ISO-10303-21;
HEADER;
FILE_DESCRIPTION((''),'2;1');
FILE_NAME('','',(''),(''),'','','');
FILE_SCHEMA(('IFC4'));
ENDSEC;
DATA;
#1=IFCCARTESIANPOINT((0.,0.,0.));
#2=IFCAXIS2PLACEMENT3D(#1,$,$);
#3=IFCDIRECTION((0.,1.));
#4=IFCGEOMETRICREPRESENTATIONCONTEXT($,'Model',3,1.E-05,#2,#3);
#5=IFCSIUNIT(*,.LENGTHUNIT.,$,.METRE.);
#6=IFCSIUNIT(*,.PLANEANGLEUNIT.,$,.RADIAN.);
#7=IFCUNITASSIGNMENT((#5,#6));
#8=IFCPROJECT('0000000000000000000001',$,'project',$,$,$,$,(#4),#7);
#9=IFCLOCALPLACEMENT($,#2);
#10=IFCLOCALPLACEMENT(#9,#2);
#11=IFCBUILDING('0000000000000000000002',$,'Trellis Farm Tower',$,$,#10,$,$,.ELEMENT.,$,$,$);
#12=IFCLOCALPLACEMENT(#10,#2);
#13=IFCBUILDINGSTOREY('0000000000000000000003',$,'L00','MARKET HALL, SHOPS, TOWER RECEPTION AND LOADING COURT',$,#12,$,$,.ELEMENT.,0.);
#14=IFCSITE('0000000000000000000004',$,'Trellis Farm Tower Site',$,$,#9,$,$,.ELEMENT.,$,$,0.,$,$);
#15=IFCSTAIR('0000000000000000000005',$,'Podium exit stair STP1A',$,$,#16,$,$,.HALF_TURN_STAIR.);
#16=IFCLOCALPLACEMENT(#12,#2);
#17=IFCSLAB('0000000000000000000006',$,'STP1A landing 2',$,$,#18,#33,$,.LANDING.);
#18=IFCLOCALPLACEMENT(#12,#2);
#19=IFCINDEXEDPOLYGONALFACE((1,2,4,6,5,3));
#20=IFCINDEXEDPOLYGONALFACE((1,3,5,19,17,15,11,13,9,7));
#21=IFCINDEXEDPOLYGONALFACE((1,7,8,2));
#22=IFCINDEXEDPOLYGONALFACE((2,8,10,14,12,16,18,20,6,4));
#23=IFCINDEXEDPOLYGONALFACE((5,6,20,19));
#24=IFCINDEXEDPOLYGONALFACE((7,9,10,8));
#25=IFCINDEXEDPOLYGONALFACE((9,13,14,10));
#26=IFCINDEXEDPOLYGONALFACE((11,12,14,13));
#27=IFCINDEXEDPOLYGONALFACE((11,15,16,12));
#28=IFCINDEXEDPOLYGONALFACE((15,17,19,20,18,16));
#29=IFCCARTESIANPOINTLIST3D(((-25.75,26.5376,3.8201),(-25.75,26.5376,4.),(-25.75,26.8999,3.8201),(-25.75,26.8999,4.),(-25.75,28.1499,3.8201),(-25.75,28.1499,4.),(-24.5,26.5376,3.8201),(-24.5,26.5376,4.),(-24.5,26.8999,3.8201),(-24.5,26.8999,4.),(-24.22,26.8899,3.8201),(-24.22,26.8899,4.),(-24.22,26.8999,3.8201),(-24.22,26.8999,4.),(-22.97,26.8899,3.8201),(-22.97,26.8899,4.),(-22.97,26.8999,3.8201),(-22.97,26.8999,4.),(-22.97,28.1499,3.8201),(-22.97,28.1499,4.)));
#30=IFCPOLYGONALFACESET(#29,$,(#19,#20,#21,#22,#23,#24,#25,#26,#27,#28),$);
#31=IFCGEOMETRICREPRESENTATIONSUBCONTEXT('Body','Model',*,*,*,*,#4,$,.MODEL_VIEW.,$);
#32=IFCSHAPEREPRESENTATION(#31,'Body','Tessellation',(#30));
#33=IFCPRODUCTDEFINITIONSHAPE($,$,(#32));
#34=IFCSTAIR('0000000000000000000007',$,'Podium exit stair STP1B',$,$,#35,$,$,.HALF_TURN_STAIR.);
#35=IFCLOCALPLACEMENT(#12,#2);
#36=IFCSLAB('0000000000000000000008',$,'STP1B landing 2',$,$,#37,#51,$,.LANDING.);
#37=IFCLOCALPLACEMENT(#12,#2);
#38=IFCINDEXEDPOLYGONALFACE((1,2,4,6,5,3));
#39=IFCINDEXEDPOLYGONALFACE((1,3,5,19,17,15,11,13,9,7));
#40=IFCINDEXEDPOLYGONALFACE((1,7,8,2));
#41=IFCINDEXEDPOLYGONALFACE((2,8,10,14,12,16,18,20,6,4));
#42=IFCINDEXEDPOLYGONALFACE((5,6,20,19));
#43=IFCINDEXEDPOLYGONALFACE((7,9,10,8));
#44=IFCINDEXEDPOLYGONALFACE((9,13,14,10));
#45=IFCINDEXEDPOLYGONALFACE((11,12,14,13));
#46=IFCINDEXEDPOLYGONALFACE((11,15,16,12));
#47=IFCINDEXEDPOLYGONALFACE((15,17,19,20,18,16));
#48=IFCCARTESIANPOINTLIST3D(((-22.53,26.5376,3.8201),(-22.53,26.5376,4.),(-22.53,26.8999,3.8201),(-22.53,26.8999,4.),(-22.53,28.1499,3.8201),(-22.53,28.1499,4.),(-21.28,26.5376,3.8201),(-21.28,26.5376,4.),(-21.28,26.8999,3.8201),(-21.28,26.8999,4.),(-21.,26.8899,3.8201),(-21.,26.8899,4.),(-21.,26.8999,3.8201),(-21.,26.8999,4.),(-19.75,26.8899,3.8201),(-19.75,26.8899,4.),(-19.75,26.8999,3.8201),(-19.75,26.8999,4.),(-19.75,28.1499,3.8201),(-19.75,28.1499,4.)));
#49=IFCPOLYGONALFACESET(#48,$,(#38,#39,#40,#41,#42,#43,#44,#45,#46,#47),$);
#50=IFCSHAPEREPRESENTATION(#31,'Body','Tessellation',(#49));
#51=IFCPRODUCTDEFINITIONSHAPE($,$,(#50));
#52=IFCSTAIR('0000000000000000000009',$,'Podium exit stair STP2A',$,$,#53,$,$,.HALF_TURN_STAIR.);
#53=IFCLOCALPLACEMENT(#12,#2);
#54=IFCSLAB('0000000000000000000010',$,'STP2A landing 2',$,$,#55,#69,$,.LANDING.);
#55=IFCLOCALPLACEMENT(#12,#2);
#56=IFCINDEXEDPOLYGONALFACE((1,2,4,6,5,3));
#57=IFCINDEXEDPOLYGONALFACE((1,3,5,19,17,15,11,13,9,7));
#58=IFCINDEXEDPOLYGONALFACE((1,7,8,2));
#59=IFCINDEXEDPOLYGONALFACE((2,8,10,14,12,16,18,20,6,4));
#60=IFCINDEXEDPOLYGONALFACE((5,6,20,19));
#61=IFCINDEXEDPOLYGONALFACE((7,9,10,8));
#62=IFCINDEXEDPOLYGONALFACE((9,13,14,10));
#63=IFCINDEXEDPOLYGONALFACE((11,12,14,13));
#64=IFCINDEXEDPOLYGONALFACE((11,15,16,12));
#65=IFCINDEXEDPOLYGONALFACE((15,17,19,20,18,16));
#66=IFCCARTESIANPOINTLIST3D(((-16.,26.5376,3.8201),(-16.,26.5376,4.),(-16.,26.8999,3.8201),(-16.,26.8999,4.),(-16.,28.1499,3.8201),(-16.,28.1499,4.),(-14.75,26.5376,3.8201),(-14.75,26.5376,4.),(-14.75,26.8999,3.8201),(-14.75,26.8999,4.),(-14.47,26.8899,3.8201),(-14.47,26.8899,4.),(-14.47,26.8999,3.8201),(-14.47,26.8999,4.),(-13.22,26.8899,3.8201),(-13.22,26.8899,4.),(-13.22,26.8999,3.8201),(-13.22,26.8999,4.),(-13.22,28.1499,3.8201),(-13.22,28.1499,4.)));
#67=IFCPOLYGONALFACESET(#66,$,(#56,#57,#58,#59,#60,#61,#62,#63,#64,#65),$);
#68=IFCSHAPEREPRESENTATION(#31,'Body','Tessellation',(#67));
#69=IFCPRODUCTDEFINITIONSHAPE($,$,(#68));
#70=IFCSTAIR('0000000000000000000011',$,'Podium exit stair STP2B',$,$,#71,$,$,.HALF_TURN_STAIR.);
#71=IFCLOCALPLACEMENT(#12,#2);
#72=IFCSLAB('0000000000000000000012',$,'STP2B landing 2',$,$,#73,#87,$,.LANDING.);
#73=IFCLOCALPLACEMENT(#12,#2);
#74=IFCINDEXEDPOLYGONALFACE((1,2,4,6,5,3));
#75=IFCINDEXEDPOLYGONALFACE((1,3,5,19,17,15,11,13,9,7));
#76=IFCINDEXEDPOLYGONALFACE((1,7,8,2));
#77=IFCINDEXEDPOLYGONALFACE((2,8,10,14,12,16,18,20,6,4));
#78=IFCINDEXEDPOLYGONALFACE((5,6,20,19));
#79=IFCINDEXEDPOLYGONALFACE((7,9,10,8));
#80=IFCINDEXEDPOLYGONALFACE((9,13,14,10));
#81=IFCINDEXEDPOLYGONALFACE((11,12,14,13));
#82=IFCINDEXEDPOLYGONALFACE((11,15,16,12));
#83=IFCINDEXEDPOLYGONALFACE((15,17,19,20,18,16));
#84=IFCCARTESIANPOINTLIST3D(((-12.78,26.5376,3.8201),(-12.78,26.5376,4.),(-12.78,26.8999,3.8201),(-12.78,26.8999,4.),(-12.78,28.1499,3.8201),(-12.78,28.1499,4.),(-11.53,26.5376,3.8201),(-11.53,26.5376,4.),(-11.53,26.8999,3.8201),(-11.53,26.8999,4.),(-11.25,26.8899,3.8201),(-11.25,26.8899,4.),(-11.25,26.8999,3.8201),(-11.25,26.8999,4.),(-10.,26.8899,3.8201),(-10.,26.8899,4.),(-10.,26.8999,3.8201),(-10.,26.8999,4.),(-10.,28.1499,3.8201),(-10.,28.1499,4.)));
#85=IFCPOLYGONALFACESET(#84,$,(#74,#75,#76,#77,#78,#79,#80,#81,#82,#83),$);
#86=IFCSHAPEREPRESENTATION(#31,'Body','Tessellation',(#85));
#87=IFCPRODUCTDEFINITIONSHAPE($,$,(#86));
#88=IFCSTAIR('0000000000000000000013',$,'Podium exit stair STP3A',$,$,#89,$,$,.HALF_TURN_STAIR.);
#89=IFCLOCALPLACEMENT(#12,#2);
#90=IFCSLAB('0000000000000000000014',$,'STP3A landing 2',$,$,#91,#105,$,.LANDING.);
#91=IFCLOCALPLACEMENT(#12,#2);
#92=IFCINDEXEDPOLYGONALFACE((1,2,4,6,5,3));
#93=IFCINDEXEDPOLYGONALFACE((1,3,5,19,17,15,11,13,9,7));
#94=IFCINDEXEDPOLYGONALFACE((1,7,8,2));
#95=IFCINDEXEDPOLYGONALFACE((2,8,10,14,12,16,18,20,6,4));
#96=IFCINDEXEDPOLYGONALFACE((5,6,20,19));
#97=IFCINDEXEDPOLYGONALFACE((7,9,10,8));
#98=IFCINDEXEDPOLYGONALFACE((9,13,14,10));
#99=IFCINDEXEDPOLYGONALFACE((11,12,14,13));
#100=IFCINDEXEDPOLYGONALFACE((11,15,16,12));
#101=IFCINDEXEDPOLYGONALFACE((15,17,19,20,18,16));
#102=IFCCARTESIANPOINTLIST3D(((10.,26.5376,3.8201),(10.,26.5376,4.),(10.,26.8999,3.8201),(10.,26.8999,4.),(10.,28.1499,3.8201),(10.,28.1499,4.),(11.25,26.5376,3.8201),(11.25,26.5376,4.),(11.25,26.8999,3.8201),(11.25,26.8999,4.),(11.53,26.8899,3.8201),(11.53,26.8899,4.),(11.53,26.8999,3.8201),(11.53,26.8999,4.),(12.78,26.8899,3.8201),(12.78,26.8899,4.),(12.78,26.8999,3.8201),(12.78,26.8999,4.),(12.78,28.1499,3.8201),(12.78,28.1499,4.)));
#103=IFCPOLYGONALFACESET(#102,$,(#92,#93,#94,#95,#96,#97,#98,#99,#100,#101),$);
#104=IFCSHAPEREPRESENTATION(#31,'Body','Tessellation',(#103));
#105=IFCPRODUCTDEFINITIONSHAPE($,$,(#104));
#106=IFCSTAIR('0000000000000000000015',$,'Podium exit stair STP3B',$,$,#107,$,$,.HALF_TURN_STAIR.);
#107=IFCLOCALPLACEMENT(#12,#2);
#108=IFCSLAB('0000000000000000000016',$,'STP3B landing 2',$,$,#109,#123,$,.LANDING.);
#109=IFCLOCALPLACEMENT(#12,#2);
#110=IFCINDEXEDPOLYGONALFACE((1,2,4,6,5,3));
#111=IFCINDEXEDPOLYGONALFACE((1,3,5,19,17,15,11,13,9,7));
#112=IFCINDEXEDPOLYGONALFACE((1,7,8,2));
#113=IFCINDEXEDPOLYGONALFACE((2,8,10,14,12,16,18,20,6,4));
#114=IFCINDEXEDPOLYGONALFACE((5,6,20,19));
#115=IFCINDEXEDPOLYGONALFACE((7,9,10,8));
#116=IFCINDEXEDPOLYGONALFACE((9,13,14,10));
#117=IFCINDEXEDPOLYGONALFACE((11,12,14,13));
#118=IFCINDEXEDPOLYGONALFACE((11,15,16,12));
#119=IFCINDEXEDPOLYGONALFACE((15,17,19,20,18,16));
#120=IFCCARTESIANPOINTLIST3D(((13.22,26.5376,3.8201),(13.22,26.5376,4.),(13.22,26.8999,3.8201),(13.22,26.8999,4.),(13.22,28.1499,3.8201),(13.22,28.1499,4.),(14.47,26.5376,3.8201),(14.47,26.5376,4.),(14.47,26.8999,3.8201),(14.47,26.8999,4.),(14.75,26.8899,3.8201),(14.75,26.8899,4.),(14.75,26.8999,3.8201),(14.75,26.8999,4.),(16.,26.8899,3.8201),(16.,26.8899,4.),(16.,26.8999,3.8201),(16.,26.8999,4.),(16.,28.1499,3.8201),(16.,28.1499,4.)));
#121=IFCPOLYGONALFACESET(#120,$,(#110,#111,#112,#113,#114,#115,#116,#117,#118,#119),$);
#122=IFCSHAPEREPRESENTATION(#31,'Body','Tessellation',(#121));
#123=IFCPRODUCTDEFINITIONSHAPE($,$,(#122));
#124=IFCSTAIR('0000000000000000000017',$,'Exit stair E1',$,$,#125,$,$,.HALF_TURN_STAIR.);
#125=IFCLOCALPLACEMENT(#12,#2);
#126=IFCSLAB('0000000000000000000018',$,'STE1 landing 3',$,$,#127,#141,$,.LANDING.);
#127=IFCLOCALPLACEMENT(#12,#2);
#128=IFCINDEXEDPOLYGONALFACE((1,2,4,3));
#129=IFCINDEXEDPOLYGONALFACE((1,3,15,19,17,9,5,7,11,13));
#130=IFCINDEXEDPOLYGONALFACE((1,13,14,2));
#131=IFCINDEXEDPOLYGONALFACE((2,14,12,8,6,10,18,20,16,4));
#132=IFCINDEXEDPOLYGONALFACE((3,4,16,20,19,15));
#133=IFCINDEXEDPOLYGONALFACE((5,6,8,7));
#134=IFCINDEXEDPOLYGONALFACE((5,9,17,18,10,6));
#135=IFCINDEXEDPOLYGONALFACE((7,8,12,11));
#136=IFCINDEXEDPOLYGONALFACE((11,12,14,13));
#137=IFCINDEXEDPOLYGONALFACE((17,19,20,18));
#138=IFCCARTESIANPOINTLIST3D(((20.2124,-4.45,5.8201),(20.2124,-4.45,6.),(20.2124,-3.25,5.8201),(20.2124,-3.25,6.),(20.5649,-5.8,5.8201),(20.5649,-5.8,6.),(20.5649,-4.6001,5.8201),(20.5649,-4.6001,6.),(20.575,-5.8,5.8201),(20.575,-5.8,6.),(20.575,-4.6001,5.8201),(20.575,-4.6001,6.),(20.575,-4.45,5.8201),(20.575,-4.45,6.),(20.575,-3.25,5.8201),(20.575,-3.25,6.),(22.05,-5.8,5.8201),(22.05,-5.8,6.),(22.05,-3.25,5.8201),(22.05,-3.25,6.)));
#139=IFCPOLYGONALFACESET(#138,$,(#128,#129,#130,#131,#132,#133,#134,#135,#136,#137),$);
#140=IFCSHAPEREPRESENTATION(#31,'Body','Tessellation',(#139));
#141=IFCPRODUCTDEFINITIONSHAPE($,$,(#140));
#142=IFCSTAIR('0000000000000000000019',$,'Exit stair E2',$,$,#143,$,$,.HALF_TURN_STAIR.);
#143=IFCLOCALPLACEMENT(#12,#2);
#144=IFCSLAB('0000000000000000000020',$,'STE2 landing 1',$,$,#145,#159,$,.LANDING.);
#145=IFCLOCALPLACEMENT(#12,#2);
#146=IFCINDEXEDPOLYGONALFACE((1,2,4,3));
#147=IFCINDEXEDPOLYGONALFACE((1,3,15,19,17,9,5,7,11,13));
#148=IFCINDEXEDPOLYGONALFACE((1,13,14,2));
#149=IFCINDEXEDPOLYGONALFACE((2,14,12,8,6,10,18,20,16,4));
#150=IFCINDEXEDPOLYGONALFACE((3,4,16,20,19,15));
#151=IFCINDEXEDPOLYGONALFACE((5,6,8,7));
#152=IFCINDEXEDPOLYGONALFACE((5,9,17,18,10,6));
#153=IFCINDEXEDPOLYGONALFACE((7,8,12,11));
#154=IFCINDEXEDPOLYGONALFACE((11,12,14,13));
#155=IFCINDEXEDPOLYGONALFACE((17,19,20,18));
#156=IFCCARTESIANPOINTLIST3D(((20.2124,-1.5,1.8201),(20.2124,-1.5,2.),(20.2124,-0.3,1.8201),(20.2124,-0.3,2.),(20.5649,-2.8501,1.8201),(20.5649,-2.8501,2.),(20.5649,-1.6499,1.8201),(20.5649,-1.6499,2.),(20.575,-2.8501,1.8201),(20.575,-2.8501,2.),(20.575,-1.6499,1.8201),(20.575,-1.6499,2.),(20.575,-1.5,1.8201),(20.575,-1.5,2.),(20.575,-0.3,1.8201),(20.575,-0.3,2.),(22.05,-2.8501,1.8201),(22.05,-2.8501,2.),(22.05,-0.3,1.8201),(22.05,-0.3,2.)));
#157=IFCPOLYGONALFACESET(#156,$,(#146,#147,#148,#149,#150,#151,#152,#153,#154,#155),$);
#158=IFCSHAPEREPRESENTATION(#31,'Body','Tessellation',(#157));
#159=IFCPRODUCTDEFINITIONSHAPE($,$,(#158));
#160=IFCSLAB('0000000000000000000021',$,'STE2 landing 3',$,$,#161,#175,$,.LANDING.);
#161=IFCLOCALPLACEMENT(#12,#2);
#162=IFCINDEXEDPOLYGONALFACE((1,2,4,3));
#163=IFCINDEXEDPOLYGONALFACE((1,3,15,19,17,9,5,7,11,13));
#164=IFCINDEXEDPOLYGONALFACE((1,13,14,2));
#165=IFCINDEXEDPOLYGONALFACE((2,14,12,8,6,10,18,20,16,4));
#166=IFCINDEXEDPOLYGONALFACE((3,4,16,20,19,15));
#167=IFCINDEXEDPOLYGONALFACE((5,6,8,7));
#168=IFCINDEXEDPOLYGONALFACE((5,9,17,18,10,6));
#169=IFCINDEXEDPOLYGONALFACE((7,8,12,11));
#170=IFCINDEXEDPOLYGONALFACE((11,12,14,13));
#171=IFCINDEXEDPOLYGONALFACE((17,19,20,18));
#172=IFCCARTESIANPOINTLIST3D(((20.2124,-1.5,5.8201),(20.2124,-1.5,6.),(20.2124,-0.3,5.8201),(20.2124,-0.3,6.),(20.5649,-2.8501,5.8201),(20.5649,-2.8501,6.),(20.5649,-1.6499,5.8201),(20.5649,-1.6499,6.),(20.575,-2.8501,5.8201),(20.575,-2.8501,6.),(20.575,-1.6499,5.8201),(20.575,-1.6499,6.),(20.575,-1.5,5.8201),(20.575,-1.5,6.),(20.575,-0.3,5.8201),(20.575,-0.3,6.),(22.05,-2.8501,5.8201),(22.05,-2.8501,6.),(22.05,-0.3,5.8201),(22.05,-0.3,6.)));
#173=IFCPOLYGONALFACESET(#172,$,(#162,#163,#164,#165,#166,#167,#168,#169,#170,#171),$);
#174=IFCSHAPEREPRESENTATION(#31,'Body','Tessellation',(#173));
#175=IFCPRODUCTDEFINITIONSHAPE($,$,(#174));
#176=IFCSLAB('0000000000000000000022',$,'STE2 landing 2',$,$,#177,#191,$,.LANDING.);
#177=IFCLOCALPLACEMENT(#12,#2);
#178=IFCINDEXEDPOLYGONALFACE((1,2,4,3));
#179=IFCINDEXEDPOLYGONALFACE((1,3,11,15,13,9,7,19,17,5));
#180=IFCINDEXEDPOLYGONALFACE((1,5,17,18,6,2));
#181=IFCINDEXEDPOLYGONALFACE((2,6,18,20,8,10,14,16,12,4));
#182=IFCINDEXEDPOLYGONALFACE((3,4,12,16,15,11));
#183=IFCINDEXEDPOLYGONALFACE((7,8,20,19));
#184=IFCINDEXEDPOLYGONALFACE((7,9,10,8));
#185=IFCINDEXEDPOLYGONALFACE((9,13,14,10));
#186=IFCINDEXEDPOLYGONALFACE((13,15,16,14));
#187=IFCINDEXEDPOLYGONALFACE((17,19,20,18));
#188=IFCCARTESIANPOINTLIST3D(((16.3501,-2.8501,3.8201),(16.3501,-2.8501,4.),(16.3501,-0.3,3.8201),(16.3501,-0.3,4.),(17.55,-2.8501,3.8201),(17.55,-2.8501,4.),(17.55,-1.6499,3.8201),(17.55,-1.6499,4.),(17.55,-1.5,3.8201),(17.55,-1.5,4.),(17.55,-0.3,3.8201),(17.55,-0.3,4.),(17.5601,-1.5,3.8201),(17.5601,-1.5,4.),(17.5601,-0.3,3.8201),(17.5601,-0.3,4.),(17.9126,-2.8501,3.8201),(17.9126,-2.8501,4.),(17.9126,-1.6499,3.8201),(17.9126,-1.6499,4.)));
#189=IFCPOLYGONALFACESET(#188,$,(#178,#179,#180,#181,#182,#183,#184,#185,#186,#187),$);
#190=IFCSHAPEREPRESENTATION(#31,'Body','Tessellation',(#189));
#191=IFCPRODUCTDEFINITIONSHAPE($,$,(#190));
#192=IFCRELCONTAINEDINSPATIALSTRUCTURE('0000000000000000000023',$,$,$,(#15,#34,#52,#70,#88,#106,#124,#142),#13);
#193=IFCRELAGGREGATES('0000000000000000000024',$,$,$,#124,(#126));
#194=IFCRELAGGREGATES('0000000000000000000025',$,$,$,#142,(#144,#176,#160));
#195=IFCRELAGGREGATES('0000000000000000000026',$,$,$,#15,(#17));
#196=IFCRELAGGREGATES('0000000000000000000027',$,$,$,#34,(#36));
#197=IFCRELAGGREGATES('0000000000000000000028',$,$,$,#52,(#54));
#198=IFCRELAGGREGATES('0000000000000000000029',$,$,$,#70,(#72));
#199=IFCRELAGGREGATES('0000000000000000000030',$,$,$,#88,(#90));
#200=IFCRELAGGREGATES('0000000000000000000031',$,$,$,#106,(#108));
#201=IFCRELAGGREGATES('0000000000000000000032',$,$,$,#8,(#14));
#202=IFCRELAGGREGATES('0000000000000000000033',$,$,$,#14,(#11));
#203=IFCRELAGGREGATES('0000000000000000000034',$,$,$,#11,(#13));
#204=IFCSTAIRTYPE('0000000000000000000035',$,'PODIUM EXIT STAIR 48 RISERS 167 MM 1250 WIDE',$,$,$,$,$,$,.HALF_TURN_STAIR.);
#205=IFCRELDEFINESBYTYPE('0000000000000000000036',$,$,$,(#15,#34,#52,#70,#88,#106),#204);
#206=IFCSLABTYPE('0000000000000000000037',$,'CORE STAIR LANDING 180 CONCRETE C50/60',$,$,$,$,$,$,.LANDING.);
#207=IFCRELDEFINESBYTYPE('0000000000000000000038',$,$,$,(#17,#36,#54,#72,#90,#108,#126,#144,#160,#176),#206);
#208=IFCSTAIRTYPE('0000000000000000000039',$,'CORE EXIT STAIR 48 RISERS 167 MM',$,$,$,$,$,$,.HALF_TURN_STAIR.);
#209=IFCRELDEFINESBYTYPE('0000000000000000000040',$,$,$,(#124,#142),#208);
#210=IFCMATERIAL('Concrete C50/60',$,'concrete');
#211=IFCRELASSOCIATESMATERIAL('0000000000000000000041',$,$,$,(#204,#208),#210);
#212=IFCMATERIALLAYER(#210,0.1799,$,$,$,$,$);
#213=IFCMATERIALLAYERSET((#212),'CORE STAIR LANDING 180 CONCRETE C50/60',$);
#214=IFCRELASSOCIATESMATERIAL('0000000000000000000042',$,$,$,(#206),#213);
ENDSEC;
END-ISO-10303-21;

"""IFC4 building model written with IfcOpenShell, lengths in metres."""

from ifc_helpers import new_model, si_unit, direction, frame, origin, place, context, subcontext, project, spatial, polyline, outline, extrude, source, transform, mapped, material, layer, layer_set, type_object, element, aggregate, save


model = new_model("IFC4")

# Units and contexts
model_context = context("Model", 3, precision=1e-05, world=origin(), true_north=direction((0.0, 1.0)))
body_context = subcontext(model_context, "Body", "Model", "MODEL_VIEW")
ifc_project = project(units=[si_unit("LENGTHUNIT", "METRE"), si_unit("PLANEANGLEUNIT", "RADIAN")], contexts=[model_context])

# Site, building, storey
site_placement = place(None, origin())
site = spatial("IfcSite", under=ifc_project, at=site_placement, Name="Trellis Farm Tower Site", CompositionType="ELEMENT", RefElevation=0.0)
building_placement = place(site_placement, origin())
building = spatial("IfcBuilding", under=site, at=building_placement, Name="Trellis Farm Tower", CompositionType="ELEMENT")
storey_placement = place(building_placement, origin())
storey = spatial("IfcBuildingStorey", under=building, at=storey_placement, Name="L00", Description="MARKET HALL, SHOPS, TOWER RECEPTION AND LOADING COURT", CompositionType="ELEMENT", Elevation=0.0)

# Stairs, slabs
ifc_material = material(Name="Concrete C50/60", Category="concrete")
stair_type_1 = type_object("IfcStairType", Name="PODIUM EXIT STAIR 48 RISERS 167 MM 1250 WIDE", PredefinedType="HALF_TURN_STAIR", material=ifc_material)
placement_1 = place(storey_placement, origin())
stair_1 = element("IfcStair", 1, at=placement_1, inside=storey, type_object=stair_type_1, Name="Podium exit stair STP1A", PredefinedType="HALF_TURN_STAIR")
ifc_layer = layer(ifc_material, 0.1799)
ifc_layer_set = layer_set([ifc_layer], Name="CORE STAIR LANDING 180 CONCRETE C50/60")
slab_type = type_object("IfcSlabType", Name="CORE STAIR LANDING 180 CONCRETE C50/60", PredefinedType="LANDING", material=ifc_layer_set)
placement_2 = place(storey_placement, frame((0.0, 0.0, 3.8201)))
slab_1 = element("IfcSlab", 2, at=placement_2, type_object=slab_type, Name="STP1A landing 2", PredefinedType="LANDING", context=body_context, shape_type="SweptSolid", body=[
    extrude(outline(polyline([(-24.5, 26.5376), (-25.75, 26.5376), (-25.75, 26.8999), (-25.75, 28.1499), (-22.97, 28.1499), (-22.97, 26.8999), (-22.97, 26.8899), (-24.22, 26.8899), (-24.22, 26.8999), (-24.5, 26.8999), (-24.5, 26.5376)])), origin(), (0.0, 0.0, 1.0), 0.1799),
])
stair_2 = element("IfcStair", 3, at=placement_1, inside=storey, type_object=stair_type_1, Name="Podium exit stair STP1B", PredefinedType="HALF_TURN_STAIR")
slab_2 = element("IfcSlab", 4, at=placement_2, type_object=slab_type, Name="STP1B landing 2", PredefinedType="LANDING", context=body_context, shape_type="SweptSolid", body=[
    extrude(outline(polyline([(-21.28, 26.5376), (-22.53, 26.5376), (-22.53, 26.8999), (-22.53, 28.1499), (-19.75, 28.1499), (-19.75, 26.8999), (-19.75, 26.8899), (-21.0, 26.8899), (-21.0, 26.8999), (-21.28, 26.8999), (-21.28, 26.5376)])), origin(), (0.0, 0.0, 1.0), 0.1799),
])
stair_3 = element("IfcStair", 5, at=placement_1, inside=storey, type_object=stair_type_1, Name="Podium exit stair STP2A", PredefinedType="HALF_TURN_STAIR")
slab_3 = element("IfcSlab", 6, at=placement_2, type_object=slab_type, Name="STP2A landing 2", PredefinedType="LANDING", context=body_context, shape_type="SweptSolid", body=[
    extrude(outline(polyline([(-14.75, 26.5376), (-16.0, 26.5376), (-16.0, 26.8999), (-16.0, 28.1499), (-13.22, 28.1499), (-13.22, 26.8999), (-13.22, 26.8899), (-14.47, 26.8899), (-14.47, 26.8999), (-14.75, 26.8999), (-14.75, 26.5376)])), origin(), (0.0, 0.0, 1.0), 0.1799),
])
stair_4 = element("IfcStair", 7, at=placement_1, inside=storey, type_object=stair_type_1, Name="Podium exit stair STP2B", PredefinedType="HALF_TURN_STAIR")
slab_4 = element("IfcSlab", 8, at=placement_2, type_object=slab_type, Name="STP2B landing 2", PredefinedType="LANDING", context=body_context, shape_type="SweptSolid", body=[
    extrude(outline(polyline([(-11.53, 26.5376), (-12.78, 26.5376), (-12.78, 26.8999), (-12.78, 28.1499), (-10.0, 28.1499), (-10.0, 26.8999), (-10.0, 26.8899), (-11.25, 26.8899), (-11.25, 26.8999), (-11.53, 26.8999), (-11.53, 26.5376)])), origin(), (0.0, 0.0, 1.0), 0.1799),
])
stair_5 = element("IfcStair", 9, at=placement_1, inside=storey, type_object=stair_type_1, Name="Podium exit stair STP3A", PredefinedType="HALF_TURN_STAIR")
slab_5 = element("IfcSlab", 10, at=placement_2, type_object=slab_type, Name="STP3A landing 2", PredefinedType="LANDING", context=body_context, shape_type="SweptSolid", body=[
    extrude(outline(polyline([(11.25, 26.5376), (10.0, 26.5376), (10.0, 26.8999), (10.0, 28.1499), (12.78, 28.1499), (12.78, 26.8999), (12.78, 26.8899), (11.53, 26.8899), (11.53, 26.8999), (11.25, 26.8999), (11.25, 26.5376)])), origin(), (0.0, 0.0, 1.0), 0.1799),
])
stair_6 = element("IfcStair", 11, at=placement_1, inside=storey, type_object=stair_type_1, Name="Podium exit stair STP3B", PredefinedType="HALF_TURN_STAIR")
slab_6 = element("IfcSlab", 12, at=placement_2, type_object=slab_type, Name="STP3B landing 2", PredefinedType="LANDING", context=body_context, shape_type="SweptSolid", body=[
    extrude(outline(polyline([(14.47, 26.5376), (13.22, 26.5376), (13.22, 26.8999), (13.22, 28.1499), (16.0, 28.1499), (16.0, 26.8999), (16.0, 26.8899), (14.75, 26.8899), (14.75, 26.8999), (14.47, 26.8999), (14.47, 26.5376)])), origin(), (0.0, 0.0, 1.0), 0.1799),
])
stair_type_2 = type_object("IfcStairType", Name="CORE EXIT STAIR 48 RISERS 167 MM", PredefinedType="HALF_TURN_STAIR", material=ifc_material)
stair_7 = element("IfcStair", 13, at=placement_1, inside=storey, type_object=stair_type_2, Name="Exit stair E1", PredefinedType="HALF_TURN_STAIR")
shared_shape_1 = source(origin(), body_context, "Body", "SweptSolid", [
    extrude(outline(polyline([(20.5649, -5.8), (20.5649, -4.6001), (20.575, -4.6001), (20.575, -4.45), (20.2124, -4.45), (20.2124, -3.25), (20.575, -3.25), (22.05, -3.25), (22.05, -5.8), (20.575, -5.8), (20.5649, -5.8)])), origin(), (0.0, 0.0, 1.0), 0.1799),
])
placement_3 = place(storey_placement, frame((0.0, 0.0, 5.8201)))
slab_7 = element("IfcSlab", 14, at=placement_3, type_object=slab_type, Name="STE1 landing 3", PredefinedType="LANDING", context=body_context, shape_type="MappedRepresentation", body=[
    mapped(shared_shape_1, transform((0.0, 0.0, 0.0))),
])
aggregate(stair_7, [slab_7])

# Stair, slabs
stair_8 = element("IfcStair", 15, at=placement_1, inside=storey, type_object=stair_type_2, Name="Exit stair E2", PredefinedType="HALF_TURN_STAIR")
shared_shape_2 = source(origin(), body_context, "Body", "SweptSolid", [
    extrude(outline(polyline([(20.5649, -2.8501), (20.5649, -1.6499), (20.575, -1.6499), (20.575, -1.5), (20.2124, -1.5), (20.2124, -0.3), (20.575, -0.3), (22.05, -0.3), (22.05, -2.8501), (20.575, -2.8501), (20.5649, -2.8501)])), origin(), (0.0, 0.0, 1.0), 0.1799),
])
placement_4 = place(storey_placement, frame((0.0, 0.0, 1.8201)))
slab_8 = element("IfcSlab", 16, at=placement_4, type_object=slab_type, Name="STE2 landing 1", PredefinedType="LANDING", context=body_context, shape_type="MappedRepresentation", body=[
    mapped(shared_shape_2, transform((0.0, 0.0, 0.0))),
])
slab_9 = element("IfcSlab", 17, at=placement_3, type_object=slab_type, Name="STE2 landing 3", PredefinedType="LANDING", context=body_context, shape_type="MappedRepresentation", body=[
    mapped(shared_shape_2, transform((0.0, 0.0, 0.0))),
])
shared_shape_3 = source(origin(), body_context, "Body", "SweptSolid", [
    extrude(outline(polyline([(17.9126, -1.6499), (17.9126, -2.8501), (17.55, -2.8501), (16.3501, -2.8501), (16.3501, -0.3), (17.55, -0.3), (17.5601, -0.3), (17.5601, -1.5), (17.55, -1.5), (17.55, -1.6499), (17.9126, -1.6499)])), origin(), (0.0, 0.0, 1.0), 0.1799),
])
slab_10 = element("IfcSlab", 18, at=placement_2, type_object=slab_type, Name="STE2 landing 2", PredefinedType="LANDING", context=body_context, shape_type="MappedRepresentation", body=[
    mapped(shared_shape_3, transform((0.0, 0.0, 0.0))),
])
aggregate(stair_8, [slab_8, slab_10, slab_9])

aggregate(stair_1, [slab_1])
aggregate(stair_2, [slab_2])
aggregate(stair_3, [slab_3])
aggregate(stair_4, [slab_4])
aggregate(stair_5, [slab_5])
aggregate(stair_6, [slab_6])

save(model, "model.ifc")
